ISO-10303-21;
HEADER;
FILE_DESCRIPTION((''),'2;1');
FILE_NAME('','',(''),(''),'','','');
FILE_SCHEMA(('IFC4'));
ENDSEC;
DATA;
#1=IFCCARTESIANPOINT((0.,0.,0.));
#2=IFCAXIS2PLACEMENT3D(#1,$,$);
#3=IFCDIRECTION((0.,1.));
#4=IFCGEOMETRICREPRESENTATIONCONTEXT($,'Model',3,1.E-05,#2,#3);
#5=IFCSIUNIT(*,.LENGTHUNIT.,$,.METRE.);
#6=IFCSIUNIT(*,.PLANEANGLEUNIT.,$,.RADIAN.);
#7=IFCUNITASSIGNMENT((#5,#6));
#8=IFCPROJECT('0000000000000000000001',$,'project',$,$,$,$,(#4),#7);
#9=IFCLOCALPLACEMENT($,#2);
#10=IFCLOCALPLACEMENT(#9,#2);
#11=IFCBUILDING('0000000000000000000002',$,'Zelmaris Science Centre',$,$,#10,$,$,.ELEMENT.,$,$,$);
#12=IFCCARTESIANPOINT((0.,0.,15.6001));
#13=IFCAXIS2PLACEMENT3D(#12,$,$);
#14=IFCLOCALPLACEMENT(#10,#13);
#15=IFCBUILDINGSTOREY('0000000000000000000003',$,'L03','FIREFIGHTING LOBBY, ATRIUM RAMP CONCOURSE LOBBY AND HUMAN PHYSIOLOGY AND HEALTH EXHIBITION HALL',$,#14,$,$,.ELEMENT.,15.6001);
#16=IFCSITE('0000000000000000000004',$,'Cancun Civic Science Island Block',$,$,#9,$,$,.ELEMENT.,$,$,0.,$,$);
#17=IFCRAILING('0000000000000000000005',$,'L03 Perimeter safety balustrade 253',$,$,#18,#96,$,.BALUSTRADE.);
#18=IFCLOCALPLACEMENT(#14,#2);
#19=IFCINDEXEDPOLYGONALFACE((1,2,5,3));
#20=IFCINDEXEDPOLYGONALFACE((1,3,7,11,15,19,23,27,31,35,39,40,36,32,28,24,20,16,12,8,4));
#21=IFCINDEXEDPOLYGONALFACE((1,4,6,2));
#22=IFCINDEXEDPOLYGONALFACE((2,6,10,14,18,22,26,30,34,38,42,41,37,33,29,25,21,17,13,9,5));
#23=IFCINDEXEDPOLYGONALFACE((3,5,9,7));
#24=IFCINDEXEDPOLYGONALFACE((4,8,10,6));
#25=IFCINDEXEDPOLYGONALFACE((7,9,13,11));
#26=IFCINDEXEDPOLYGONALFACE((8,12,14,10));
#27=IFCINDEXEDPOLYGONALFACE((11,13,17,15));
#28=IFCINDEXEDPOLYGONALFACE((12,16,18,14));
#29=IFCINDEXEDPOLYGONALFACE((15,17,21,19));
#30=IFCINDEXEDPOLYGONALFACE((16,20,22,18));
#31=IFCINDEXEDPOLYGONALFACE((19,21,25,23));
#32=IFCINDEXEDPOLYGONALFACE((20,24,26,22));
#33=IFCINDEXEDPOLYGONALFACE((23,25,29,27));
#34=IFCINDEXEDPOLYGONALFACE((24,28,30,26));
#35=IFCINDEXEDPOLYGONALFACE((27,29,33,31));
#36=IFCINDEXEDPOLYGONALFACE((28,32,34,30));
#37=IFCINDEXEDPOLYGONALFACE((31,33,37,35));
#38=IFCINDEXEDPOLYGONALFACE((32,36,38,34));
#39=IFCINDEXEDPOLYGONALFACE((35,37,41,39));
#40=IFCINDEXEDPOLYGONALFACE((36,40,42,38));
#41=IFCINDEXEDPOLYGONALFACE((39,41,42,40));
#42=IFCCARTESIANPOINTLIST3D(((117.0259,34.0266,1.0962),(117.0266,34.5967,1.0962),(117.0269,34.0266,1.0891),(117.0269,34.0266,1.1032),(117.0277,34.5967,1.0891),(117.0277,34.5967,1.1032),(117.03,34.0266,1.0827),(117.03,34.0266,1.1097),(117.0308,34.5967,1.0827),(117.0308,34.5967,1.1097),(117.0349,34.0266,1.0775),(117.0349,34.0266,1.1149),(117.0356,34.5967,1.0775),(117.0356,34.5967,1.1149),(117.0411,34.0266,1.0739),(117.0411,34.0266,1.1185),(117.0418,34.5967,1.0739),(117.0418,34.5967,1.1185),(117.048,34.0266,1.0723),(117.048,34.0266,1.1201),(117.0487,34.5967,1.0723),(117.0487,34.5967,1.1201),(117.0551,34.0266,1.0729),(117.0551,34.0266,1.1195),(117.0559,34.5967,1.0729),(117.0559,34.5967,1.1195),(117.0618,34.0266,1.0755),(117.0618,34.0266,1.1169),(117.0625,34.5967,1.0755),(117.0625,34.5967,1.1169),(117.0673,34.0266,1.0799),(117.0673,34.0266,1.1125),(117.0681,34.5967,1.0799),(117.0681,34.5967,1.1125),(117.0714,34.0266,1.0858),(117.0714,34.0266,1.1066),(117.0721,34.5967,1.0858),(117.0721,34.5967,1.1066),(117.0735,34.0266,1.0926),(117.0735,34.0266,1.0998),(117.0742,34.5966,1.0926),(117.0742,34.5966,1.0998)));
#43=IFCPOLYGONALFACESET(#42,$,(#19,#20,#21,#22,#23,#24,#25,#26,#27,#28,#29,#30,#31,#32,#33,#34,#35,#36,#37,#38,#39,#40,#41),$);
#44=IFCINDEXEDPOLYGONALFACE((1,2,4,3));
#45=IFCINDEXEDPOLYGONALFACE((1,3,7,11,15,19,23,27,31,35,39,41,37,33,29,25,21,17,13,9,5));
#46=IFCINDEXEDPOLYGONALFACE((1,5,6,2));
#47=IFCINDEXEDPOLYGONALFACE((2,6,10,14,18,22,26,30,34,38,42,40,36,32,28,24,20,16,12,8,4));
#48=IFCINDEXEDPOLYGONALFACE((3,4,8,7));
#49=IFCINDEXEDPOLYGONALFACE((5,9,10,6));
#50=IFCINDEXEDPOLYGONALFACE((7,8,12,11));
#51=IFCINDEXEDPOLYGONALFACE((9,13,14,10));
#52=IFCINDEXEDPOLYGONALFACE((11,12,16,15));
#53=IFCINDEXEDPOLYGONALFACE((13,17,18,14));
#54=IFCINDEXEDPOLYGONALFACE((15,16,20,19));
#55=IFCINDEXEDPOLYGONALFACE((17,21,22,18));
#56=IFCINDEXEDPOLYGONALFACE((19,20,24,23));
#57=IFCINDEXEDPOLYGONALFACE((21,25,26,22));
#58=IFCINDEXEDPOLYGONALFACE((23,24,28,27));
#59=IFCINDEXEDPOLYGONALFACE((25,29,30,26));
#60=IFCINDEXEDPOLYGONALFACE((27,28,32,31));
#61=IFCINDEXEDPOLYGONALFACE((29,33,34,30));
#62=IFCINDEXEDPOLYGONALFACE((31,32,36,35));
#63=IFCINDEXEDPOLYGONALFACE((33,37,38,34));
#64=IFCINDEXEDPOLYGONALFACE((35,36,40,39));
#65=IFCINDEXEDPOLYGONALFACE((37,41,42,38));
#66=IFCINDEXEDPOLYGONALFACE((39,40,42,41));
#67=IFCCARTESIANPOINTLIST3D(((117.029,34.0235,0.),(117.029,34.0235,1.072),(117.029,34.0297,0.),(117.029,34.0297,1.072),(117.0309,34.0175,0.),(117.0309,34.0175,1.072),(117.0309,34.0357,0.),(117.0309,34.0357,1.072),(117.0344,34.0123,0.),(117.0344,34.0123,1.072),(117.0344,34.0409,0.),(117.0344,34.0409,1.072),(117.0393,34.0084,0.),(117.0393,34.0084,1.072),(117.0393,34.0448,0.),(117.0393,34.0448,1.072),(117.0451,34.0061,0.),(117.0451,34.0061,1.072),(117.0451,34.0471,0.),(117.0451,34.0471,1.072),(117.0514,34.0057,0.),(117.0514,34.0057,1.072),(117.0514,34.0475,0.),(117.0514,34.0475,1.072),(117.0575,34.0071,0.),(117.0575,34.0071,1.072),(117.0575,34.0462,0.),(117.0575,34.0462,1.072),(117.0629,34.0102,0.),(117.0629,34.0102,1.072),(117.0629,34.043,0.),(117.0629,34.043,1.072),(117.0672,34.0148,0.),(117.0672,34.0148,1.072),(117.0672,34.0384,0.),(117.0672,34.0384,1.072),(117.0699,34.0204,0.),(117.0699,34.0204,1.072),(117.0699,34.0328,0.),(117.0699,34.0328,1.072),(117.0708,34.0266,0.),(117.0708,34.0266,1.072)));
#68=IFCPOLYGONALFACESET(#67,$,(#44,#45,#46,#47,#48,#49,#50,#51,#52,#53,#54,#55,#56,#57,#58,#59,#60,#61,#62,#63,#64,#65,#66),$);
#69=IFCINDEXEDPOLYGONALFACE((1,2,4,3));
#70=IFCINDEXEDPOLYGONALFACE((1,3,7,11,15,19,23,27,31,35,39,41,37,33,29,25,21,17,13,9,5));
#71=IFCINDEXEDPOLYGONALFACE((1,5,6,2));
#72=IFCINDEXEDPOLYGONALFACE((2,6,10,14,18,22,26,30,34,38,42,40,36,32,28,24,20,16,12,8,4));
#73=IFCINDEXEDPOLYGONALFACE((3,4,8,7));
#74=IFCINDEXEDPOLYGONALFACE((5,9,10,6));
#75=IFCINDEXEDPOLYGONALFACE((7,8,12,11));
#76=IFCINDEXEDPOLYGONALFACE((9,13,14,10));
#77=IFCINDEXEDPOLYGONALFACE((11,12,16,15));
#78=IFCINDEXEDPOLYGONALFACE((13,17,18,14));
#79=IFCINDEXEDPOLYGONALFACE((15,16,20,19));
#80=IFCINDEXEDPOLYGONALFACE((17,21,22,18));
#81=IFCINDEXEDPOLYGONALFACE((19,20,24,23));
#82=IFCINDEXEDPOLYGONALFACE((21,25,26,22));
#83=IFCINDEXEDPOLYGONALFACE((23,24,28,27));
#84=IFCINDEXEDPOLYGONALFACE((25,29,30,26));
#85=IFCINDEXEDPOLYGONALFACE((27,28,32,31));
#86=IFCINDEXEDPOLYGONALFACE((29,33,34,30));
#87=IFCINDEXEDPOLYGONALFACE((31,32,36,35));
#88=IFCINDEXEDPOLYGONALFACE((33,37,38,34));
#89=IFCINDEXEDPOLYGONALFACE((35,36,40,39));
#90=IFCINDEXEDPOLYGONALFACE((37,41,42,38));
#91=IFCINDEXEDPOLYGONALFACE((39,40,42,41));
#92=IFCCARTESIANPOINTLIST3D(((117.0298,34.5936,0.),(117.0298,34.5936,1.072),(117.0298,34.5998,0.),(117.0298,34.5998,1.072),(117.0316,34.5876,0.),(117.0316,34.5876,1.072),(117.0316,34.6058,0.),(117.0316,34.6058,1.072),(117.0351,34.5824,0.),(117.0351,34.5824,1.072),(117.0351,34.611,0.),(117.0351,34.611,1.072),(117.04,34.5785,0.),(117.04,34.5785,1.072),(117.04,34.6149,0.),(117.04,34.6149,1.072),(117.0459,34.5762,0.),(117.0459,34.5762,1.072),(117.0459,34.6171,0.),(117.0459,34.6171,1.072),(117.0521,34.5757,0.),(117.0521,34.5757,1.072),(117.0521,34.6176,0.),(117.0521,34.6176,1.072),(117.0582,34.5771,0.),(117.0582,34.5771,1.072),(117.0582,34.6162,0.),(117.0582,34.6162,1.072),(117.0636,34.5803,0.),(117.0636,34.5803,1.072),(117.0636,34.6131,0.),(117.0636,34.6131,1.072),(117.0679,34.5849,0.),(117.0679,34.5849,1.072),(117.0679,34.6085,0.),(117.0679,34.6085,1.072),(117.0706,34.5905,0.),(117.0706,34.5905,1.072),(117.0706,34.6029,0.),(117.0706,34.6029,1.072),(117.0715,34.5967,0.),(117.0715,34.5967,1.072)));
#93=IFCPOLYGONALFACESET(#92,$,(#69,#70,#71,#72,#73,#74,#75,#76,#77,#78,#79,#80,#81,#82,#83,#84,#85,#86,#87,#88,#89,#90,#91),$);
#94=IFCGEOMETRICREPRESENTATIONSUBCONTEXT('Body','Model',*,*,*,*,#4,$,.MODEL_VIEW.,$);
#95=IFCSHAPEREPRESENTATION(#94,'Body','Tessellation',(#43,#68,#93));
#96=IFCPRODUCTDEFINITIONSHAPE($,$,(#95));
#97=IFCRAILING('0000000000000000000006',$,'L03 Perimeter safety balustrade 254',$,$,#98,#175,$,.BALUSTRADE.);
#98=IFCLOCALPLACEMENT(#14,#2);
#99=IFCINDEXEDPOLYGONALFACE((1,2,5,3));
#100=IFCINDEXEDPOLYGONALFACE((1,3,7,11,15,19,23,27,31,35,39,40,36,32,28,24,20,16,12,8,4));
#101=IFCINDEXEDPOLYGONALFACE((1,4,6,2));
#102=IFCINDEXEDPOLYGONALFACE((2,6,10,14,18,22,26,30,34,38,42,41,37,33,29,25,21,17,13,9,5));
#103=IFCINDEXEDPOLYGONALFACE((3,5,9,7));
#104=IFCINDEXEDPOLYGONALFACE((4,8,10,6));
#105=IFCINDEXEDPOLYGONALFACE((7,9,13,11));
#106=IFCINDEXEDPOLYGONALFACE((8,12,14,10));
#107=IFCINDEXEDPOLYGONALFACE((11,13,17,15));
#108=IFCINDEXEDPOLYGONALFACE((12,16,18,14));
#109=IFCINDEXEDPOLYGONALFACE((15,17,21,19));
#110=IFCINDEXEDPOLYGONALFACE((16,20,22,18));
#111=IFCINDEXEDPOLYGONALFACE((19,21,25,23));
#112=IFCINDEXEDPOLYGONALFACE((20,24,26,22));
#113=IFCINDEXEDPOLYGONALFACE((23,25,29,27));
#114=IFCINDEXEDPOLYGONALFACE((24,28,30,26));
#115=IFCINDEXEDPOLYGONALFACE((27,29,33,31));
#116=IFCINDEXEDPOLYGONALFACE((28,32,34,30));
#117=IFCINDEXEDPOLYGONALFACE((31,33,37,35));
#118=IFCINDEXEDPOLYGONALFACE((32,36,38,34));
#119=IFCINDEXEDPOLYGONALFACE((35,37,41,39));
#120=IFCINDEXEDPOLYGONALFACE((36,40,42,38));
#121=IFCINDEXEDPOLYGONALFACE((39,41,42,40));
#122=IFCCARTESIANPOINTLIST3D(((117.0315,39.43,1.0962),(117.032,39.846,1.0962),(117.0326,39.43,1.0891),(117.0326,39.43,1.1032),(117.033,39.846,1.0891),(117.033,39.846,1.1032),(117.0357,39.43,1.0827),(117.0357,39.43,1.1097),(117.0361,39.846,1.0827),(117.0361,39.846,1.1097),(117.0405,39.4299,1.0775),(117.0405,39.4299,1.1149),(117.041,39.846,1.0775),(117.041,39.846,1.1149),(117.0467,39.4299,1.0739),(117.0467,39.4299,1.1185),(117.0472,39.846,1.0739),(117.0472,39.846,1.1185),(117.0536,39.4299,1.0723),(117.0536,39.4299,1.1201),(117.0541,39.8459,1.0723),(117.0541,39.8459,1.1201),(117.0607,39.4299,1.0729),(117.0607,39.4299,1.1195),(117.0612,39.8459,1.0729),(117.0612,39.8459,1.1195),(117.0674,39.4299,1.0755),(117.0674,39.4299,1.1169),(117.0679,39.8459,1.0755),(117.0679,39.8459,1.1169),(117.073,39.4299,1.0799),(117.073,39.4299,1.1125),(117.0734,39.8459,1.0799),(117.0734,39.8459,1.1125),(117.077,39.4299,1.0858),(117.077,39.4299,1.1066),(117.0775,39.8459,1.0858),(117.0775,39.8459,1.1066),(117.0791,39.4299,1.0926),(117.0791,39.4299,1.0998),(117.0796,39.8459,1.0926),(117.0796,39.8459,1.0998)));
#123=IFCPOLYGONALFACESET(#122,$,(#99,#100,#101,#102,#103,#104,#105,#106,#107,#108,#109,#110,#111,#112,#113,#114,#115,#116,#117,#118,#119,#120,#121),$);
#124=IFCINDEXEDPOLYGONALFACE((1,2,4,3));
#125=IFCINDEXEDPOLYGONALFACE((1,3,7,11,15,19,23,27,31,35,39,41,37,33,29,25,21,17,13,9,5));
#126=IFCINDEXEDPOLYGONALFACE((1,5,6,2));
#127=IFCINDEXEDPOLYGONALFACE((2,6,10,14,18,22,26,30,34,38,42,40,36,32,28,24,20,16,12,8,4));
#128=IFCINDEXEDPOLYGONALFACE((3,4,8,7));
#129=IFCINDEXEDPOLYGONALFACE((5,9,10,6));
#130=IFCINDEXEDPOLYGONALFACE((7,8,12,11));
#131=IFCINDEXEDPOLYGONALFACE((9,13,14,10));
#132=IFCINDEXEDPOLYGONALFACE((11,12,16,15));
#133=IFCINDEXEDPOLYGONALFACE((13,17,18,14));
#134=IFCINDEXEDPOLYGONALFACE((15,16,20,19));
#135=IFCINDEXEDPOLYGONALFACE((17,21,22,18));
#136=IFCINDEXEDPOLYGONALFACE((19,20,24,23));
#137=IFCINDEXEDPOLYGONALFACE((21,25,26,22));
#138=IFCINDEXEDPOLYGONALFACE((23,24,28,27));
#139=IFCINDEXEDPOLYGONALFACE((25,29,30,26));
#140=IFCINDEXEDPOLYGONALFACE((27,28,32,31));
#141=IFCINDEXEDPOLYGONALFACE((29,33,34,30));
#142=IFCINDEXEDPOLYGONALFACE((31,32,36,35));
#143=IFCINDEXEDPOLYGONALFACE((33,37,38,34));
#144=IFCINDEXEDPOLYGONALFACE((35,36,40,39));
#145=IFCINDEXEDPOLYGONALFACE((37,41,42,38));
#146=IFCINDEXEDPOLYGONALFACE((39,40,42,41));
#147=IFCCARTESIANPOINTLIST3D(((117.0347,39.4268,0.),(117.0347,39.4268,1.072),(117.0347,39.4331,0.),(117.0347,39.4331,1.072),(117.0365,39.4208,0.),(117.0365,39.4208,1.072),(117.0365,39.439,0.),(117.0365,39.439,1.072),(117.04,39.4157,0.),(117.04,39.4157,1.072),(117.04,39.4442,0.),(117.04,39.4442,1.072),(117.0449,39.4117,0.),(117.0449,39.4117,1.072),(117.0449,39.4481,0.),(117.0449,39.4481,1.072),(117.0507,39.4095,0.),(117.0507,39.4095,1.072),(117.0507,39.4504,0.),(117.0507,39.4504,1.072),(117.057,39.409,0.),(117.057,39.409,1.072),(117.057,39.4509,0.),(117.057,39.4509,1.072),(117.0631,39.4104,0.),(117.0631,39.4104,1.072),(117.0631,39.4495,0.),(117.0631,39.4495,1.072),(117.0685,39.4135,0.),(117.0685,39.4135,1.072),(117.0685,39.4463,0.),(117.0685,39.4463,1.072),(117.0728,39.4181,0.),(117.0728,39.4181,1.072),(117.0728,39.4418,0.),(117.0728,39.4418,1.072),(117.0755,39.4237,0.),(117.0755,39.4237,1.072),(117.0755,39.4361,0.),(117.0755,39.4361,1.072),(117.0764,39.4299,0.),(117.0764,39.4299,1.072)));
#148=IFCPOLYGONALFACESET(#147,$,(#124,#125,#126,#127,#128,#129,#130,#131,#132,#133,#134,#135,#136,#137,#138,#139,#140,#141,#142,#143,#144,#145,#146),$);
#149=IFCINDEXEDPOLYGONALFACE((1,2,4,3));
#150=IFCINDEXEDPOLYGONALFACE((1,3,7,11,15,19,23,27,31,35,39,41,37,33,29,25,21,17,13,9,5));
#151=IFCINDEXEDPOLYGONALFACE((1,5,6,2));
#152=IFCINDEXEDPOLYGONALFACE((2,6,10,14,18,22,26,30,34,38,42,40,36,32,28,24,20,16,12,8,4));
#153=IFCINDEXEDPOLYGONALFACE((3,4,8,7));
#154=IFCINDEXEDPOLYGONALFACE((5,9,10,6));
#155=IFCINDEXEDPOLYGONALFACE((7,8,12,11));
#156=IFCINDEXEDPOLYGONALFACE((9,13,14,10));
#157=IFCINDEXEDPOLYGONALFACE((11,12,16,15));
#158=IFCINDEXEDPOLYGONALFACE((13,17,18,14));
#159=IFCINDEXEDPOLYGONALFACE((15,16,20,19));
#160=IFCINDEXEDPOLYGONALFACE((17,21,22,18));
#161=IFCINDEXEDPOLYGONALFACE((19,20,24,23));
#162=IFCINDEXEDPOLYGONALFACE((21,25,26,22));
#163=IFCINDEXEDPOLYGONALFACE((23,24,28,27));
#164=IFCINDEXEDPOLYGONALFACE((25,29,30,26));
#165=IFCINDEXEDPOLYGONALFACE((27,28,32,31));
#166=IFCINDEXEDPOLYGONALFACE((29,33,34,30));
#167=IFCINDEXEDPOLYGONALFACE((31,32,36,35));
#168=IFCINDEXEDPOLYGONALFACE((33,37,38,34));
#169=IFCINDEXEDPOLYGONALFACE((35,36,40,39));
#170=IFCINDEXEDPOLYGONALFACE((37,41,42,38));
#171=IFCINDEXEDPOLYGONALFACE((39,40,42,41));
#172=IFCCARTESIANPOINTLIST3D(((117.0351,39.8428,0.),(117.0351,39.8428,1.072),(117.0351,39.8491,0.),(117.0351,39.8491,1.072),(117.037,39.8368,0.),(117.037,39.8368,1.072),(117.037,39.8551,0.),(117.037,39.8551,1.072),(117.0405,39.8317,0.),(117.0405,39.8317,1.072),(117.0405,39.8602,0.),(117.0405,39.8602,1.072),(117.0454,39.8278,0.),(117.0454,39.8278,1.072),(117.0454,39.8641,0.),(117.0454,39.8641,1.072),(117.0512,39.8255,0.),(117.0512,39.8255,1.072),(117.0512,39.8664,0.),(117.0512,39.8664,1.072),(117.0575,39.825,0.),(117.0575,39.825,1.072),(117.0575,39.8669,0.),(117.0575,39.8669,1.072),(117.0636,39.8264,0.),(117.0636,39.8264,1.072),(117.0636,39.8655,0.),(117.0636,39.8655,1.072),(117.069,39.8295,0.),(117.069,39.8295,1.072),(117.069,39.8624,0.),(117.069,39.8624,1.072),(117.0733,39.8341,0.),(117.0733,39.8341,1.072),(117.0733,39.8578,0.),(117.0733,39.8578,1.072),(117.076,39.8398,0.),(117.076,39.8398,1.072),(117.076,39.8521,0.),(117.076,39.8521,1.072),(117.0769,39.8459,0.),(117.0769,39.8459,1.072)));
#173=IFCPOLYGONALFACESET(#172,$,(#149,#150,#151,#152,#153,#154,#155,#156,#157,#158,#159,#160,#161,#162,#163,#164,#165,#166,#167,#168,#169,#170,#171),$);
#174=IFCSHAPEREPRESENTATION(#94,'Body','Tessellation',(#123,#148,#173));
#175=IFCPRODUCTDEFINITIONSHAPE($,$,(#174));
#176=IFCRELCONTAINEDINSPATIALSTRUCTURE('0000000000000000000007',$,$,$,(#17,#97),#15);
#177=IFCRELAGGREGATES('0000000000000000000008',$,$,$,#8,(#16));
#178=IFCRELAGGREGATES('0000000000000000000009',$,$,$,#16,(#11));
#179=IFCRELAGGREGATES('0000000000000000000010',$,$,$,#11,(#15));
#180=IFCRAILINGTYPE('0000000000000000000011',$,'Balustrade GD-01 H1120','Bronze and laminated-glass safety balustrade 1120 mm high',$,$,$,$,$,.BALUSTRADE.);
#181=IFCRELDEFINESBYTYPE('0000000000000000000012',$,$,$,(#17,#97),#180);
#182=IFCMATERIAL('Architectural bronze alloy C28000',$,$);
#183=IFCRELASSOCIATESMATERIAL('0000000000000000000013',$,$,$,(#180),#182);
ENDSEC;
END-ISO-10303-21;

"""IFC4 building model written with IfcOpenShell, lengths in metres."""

from ifc_helpers import new_model, si_unit, direction, frame, origin, origin_2d, place, context, subcontext, project, spatial, circle, extrude, material, type_object, element, save


model = new_model("IFC4")

# Units and contexts
model_context = context("Model", 3, precision=1e-05, world=origin(), true_north=direction((0.0, 1.0)))
body_context = subcontext(model_context, "Body", "Model", "MODEL_VIEW")
ifc_project = project(units=[si_unit("LENGTHUNIT", "METRE"), si_unit("PLANEANGLEUNIT", "RADIAN")], contexts=[model_context])

# Site, building, storey
site_placement = place(None, origin())
site = spatial("IfcSite", under=ifc_project, at=site_placement, Name="Cancun Civic Science Island Block", CompositionType="ELEMENT", RefElevation=0.0)
building_placement = place(site_placement, origin())
building = spatial("IfcBuilding", under=site, at=building_placement, Name="Zelmaris Science Centre", CompositionType="ELEMENT")
storey_placement = place(building_placement, frame((0.0, 0.0, 15.6001)))
storey = spatial("IfcBuildingStorey", under=building, at=storey_placement, Name="L03", Description="FIREFIGHTING LOBBY, ATRIUM RAMP CONCOURSE LOBBY AND HUMAN PHYSIOLOGY AND HEALTH EXHIBITION HALL", CompositionType="ELEMENT", Elevation=15.6001)

# Railings
ifc_material_1 = material(Name="Architectural bronze alloy C28000")
railing_type = type_object("IfcRailingType", Name="Balustrade GD-01 H1120", Description="Bronze and laminated-glass safety balustrade 1120 mm high", PredefinedType="BALUSTRADE", material=ifc_material_1)
railing_1_placement = place(storey_placement, frame((117.0498, 34.0266, 0.0)))
element("IfcRailing", 1, at=railing_1_placement, inside=storey, type_object=railing_type, Name="L03 Perimeter safety balustrade 253", PredefinedType="BALUSTRADE", context=body_context, shape_type="SweptSolid", body=[
    extrude(circle(Radius=0.0239, at=origin_2d()), frame((0.0, 0.0, 1.0962), z_axis=(0.001285, 0.999999, 0.0), x_axis=(-0.999999, 0.001285, 0.0)), (0.0, 0.0, 1.0), 0.5701),
    extrude(circle(Radius=0.021, at=origin_2d()), origin(), (0.0, 0.0, 1.0), 1.072),
    extrude(circle(Radius=0.021, at=origin_2d()), frame((0.0007, 0.5701, 0.0)), (0.0, 0.0, 1.0), 1.072),
])
railing_2_placement = place(storey_placement, frame((117.0554, 39.4299, 0.0)))
element("IfcRailing", 2, at=railing_2_placement, inside=storey, type_object=railing_type, Name="L03 Perimeter safety balustrade 254", PredefinedType="BALUSTRADE", context=body_context, shape_type="SweptSolid", body=[
    extrude(circle(Radius=0.0239, at=origin_2d()), frame((0.0, 0.0, 1.0962), z_axis=(0.001174, 0.999999, 0.0), x_axis=(-0.999999, 0.001174, 0.0)), (0.0, 0.0, 1.0), 0.416),
    extrude(circle(Radius=0.021, at=origin_2d()), origin(), (0.0, 0.0, 1.0), 1.072),
    extrude(circle(Radius=0.021, at=origin_2d()), frame((0.0005, 0.416, 0.0)), (0.0, 0.0, 1.0), 1.072),
])

save(model, "model.ifc")
